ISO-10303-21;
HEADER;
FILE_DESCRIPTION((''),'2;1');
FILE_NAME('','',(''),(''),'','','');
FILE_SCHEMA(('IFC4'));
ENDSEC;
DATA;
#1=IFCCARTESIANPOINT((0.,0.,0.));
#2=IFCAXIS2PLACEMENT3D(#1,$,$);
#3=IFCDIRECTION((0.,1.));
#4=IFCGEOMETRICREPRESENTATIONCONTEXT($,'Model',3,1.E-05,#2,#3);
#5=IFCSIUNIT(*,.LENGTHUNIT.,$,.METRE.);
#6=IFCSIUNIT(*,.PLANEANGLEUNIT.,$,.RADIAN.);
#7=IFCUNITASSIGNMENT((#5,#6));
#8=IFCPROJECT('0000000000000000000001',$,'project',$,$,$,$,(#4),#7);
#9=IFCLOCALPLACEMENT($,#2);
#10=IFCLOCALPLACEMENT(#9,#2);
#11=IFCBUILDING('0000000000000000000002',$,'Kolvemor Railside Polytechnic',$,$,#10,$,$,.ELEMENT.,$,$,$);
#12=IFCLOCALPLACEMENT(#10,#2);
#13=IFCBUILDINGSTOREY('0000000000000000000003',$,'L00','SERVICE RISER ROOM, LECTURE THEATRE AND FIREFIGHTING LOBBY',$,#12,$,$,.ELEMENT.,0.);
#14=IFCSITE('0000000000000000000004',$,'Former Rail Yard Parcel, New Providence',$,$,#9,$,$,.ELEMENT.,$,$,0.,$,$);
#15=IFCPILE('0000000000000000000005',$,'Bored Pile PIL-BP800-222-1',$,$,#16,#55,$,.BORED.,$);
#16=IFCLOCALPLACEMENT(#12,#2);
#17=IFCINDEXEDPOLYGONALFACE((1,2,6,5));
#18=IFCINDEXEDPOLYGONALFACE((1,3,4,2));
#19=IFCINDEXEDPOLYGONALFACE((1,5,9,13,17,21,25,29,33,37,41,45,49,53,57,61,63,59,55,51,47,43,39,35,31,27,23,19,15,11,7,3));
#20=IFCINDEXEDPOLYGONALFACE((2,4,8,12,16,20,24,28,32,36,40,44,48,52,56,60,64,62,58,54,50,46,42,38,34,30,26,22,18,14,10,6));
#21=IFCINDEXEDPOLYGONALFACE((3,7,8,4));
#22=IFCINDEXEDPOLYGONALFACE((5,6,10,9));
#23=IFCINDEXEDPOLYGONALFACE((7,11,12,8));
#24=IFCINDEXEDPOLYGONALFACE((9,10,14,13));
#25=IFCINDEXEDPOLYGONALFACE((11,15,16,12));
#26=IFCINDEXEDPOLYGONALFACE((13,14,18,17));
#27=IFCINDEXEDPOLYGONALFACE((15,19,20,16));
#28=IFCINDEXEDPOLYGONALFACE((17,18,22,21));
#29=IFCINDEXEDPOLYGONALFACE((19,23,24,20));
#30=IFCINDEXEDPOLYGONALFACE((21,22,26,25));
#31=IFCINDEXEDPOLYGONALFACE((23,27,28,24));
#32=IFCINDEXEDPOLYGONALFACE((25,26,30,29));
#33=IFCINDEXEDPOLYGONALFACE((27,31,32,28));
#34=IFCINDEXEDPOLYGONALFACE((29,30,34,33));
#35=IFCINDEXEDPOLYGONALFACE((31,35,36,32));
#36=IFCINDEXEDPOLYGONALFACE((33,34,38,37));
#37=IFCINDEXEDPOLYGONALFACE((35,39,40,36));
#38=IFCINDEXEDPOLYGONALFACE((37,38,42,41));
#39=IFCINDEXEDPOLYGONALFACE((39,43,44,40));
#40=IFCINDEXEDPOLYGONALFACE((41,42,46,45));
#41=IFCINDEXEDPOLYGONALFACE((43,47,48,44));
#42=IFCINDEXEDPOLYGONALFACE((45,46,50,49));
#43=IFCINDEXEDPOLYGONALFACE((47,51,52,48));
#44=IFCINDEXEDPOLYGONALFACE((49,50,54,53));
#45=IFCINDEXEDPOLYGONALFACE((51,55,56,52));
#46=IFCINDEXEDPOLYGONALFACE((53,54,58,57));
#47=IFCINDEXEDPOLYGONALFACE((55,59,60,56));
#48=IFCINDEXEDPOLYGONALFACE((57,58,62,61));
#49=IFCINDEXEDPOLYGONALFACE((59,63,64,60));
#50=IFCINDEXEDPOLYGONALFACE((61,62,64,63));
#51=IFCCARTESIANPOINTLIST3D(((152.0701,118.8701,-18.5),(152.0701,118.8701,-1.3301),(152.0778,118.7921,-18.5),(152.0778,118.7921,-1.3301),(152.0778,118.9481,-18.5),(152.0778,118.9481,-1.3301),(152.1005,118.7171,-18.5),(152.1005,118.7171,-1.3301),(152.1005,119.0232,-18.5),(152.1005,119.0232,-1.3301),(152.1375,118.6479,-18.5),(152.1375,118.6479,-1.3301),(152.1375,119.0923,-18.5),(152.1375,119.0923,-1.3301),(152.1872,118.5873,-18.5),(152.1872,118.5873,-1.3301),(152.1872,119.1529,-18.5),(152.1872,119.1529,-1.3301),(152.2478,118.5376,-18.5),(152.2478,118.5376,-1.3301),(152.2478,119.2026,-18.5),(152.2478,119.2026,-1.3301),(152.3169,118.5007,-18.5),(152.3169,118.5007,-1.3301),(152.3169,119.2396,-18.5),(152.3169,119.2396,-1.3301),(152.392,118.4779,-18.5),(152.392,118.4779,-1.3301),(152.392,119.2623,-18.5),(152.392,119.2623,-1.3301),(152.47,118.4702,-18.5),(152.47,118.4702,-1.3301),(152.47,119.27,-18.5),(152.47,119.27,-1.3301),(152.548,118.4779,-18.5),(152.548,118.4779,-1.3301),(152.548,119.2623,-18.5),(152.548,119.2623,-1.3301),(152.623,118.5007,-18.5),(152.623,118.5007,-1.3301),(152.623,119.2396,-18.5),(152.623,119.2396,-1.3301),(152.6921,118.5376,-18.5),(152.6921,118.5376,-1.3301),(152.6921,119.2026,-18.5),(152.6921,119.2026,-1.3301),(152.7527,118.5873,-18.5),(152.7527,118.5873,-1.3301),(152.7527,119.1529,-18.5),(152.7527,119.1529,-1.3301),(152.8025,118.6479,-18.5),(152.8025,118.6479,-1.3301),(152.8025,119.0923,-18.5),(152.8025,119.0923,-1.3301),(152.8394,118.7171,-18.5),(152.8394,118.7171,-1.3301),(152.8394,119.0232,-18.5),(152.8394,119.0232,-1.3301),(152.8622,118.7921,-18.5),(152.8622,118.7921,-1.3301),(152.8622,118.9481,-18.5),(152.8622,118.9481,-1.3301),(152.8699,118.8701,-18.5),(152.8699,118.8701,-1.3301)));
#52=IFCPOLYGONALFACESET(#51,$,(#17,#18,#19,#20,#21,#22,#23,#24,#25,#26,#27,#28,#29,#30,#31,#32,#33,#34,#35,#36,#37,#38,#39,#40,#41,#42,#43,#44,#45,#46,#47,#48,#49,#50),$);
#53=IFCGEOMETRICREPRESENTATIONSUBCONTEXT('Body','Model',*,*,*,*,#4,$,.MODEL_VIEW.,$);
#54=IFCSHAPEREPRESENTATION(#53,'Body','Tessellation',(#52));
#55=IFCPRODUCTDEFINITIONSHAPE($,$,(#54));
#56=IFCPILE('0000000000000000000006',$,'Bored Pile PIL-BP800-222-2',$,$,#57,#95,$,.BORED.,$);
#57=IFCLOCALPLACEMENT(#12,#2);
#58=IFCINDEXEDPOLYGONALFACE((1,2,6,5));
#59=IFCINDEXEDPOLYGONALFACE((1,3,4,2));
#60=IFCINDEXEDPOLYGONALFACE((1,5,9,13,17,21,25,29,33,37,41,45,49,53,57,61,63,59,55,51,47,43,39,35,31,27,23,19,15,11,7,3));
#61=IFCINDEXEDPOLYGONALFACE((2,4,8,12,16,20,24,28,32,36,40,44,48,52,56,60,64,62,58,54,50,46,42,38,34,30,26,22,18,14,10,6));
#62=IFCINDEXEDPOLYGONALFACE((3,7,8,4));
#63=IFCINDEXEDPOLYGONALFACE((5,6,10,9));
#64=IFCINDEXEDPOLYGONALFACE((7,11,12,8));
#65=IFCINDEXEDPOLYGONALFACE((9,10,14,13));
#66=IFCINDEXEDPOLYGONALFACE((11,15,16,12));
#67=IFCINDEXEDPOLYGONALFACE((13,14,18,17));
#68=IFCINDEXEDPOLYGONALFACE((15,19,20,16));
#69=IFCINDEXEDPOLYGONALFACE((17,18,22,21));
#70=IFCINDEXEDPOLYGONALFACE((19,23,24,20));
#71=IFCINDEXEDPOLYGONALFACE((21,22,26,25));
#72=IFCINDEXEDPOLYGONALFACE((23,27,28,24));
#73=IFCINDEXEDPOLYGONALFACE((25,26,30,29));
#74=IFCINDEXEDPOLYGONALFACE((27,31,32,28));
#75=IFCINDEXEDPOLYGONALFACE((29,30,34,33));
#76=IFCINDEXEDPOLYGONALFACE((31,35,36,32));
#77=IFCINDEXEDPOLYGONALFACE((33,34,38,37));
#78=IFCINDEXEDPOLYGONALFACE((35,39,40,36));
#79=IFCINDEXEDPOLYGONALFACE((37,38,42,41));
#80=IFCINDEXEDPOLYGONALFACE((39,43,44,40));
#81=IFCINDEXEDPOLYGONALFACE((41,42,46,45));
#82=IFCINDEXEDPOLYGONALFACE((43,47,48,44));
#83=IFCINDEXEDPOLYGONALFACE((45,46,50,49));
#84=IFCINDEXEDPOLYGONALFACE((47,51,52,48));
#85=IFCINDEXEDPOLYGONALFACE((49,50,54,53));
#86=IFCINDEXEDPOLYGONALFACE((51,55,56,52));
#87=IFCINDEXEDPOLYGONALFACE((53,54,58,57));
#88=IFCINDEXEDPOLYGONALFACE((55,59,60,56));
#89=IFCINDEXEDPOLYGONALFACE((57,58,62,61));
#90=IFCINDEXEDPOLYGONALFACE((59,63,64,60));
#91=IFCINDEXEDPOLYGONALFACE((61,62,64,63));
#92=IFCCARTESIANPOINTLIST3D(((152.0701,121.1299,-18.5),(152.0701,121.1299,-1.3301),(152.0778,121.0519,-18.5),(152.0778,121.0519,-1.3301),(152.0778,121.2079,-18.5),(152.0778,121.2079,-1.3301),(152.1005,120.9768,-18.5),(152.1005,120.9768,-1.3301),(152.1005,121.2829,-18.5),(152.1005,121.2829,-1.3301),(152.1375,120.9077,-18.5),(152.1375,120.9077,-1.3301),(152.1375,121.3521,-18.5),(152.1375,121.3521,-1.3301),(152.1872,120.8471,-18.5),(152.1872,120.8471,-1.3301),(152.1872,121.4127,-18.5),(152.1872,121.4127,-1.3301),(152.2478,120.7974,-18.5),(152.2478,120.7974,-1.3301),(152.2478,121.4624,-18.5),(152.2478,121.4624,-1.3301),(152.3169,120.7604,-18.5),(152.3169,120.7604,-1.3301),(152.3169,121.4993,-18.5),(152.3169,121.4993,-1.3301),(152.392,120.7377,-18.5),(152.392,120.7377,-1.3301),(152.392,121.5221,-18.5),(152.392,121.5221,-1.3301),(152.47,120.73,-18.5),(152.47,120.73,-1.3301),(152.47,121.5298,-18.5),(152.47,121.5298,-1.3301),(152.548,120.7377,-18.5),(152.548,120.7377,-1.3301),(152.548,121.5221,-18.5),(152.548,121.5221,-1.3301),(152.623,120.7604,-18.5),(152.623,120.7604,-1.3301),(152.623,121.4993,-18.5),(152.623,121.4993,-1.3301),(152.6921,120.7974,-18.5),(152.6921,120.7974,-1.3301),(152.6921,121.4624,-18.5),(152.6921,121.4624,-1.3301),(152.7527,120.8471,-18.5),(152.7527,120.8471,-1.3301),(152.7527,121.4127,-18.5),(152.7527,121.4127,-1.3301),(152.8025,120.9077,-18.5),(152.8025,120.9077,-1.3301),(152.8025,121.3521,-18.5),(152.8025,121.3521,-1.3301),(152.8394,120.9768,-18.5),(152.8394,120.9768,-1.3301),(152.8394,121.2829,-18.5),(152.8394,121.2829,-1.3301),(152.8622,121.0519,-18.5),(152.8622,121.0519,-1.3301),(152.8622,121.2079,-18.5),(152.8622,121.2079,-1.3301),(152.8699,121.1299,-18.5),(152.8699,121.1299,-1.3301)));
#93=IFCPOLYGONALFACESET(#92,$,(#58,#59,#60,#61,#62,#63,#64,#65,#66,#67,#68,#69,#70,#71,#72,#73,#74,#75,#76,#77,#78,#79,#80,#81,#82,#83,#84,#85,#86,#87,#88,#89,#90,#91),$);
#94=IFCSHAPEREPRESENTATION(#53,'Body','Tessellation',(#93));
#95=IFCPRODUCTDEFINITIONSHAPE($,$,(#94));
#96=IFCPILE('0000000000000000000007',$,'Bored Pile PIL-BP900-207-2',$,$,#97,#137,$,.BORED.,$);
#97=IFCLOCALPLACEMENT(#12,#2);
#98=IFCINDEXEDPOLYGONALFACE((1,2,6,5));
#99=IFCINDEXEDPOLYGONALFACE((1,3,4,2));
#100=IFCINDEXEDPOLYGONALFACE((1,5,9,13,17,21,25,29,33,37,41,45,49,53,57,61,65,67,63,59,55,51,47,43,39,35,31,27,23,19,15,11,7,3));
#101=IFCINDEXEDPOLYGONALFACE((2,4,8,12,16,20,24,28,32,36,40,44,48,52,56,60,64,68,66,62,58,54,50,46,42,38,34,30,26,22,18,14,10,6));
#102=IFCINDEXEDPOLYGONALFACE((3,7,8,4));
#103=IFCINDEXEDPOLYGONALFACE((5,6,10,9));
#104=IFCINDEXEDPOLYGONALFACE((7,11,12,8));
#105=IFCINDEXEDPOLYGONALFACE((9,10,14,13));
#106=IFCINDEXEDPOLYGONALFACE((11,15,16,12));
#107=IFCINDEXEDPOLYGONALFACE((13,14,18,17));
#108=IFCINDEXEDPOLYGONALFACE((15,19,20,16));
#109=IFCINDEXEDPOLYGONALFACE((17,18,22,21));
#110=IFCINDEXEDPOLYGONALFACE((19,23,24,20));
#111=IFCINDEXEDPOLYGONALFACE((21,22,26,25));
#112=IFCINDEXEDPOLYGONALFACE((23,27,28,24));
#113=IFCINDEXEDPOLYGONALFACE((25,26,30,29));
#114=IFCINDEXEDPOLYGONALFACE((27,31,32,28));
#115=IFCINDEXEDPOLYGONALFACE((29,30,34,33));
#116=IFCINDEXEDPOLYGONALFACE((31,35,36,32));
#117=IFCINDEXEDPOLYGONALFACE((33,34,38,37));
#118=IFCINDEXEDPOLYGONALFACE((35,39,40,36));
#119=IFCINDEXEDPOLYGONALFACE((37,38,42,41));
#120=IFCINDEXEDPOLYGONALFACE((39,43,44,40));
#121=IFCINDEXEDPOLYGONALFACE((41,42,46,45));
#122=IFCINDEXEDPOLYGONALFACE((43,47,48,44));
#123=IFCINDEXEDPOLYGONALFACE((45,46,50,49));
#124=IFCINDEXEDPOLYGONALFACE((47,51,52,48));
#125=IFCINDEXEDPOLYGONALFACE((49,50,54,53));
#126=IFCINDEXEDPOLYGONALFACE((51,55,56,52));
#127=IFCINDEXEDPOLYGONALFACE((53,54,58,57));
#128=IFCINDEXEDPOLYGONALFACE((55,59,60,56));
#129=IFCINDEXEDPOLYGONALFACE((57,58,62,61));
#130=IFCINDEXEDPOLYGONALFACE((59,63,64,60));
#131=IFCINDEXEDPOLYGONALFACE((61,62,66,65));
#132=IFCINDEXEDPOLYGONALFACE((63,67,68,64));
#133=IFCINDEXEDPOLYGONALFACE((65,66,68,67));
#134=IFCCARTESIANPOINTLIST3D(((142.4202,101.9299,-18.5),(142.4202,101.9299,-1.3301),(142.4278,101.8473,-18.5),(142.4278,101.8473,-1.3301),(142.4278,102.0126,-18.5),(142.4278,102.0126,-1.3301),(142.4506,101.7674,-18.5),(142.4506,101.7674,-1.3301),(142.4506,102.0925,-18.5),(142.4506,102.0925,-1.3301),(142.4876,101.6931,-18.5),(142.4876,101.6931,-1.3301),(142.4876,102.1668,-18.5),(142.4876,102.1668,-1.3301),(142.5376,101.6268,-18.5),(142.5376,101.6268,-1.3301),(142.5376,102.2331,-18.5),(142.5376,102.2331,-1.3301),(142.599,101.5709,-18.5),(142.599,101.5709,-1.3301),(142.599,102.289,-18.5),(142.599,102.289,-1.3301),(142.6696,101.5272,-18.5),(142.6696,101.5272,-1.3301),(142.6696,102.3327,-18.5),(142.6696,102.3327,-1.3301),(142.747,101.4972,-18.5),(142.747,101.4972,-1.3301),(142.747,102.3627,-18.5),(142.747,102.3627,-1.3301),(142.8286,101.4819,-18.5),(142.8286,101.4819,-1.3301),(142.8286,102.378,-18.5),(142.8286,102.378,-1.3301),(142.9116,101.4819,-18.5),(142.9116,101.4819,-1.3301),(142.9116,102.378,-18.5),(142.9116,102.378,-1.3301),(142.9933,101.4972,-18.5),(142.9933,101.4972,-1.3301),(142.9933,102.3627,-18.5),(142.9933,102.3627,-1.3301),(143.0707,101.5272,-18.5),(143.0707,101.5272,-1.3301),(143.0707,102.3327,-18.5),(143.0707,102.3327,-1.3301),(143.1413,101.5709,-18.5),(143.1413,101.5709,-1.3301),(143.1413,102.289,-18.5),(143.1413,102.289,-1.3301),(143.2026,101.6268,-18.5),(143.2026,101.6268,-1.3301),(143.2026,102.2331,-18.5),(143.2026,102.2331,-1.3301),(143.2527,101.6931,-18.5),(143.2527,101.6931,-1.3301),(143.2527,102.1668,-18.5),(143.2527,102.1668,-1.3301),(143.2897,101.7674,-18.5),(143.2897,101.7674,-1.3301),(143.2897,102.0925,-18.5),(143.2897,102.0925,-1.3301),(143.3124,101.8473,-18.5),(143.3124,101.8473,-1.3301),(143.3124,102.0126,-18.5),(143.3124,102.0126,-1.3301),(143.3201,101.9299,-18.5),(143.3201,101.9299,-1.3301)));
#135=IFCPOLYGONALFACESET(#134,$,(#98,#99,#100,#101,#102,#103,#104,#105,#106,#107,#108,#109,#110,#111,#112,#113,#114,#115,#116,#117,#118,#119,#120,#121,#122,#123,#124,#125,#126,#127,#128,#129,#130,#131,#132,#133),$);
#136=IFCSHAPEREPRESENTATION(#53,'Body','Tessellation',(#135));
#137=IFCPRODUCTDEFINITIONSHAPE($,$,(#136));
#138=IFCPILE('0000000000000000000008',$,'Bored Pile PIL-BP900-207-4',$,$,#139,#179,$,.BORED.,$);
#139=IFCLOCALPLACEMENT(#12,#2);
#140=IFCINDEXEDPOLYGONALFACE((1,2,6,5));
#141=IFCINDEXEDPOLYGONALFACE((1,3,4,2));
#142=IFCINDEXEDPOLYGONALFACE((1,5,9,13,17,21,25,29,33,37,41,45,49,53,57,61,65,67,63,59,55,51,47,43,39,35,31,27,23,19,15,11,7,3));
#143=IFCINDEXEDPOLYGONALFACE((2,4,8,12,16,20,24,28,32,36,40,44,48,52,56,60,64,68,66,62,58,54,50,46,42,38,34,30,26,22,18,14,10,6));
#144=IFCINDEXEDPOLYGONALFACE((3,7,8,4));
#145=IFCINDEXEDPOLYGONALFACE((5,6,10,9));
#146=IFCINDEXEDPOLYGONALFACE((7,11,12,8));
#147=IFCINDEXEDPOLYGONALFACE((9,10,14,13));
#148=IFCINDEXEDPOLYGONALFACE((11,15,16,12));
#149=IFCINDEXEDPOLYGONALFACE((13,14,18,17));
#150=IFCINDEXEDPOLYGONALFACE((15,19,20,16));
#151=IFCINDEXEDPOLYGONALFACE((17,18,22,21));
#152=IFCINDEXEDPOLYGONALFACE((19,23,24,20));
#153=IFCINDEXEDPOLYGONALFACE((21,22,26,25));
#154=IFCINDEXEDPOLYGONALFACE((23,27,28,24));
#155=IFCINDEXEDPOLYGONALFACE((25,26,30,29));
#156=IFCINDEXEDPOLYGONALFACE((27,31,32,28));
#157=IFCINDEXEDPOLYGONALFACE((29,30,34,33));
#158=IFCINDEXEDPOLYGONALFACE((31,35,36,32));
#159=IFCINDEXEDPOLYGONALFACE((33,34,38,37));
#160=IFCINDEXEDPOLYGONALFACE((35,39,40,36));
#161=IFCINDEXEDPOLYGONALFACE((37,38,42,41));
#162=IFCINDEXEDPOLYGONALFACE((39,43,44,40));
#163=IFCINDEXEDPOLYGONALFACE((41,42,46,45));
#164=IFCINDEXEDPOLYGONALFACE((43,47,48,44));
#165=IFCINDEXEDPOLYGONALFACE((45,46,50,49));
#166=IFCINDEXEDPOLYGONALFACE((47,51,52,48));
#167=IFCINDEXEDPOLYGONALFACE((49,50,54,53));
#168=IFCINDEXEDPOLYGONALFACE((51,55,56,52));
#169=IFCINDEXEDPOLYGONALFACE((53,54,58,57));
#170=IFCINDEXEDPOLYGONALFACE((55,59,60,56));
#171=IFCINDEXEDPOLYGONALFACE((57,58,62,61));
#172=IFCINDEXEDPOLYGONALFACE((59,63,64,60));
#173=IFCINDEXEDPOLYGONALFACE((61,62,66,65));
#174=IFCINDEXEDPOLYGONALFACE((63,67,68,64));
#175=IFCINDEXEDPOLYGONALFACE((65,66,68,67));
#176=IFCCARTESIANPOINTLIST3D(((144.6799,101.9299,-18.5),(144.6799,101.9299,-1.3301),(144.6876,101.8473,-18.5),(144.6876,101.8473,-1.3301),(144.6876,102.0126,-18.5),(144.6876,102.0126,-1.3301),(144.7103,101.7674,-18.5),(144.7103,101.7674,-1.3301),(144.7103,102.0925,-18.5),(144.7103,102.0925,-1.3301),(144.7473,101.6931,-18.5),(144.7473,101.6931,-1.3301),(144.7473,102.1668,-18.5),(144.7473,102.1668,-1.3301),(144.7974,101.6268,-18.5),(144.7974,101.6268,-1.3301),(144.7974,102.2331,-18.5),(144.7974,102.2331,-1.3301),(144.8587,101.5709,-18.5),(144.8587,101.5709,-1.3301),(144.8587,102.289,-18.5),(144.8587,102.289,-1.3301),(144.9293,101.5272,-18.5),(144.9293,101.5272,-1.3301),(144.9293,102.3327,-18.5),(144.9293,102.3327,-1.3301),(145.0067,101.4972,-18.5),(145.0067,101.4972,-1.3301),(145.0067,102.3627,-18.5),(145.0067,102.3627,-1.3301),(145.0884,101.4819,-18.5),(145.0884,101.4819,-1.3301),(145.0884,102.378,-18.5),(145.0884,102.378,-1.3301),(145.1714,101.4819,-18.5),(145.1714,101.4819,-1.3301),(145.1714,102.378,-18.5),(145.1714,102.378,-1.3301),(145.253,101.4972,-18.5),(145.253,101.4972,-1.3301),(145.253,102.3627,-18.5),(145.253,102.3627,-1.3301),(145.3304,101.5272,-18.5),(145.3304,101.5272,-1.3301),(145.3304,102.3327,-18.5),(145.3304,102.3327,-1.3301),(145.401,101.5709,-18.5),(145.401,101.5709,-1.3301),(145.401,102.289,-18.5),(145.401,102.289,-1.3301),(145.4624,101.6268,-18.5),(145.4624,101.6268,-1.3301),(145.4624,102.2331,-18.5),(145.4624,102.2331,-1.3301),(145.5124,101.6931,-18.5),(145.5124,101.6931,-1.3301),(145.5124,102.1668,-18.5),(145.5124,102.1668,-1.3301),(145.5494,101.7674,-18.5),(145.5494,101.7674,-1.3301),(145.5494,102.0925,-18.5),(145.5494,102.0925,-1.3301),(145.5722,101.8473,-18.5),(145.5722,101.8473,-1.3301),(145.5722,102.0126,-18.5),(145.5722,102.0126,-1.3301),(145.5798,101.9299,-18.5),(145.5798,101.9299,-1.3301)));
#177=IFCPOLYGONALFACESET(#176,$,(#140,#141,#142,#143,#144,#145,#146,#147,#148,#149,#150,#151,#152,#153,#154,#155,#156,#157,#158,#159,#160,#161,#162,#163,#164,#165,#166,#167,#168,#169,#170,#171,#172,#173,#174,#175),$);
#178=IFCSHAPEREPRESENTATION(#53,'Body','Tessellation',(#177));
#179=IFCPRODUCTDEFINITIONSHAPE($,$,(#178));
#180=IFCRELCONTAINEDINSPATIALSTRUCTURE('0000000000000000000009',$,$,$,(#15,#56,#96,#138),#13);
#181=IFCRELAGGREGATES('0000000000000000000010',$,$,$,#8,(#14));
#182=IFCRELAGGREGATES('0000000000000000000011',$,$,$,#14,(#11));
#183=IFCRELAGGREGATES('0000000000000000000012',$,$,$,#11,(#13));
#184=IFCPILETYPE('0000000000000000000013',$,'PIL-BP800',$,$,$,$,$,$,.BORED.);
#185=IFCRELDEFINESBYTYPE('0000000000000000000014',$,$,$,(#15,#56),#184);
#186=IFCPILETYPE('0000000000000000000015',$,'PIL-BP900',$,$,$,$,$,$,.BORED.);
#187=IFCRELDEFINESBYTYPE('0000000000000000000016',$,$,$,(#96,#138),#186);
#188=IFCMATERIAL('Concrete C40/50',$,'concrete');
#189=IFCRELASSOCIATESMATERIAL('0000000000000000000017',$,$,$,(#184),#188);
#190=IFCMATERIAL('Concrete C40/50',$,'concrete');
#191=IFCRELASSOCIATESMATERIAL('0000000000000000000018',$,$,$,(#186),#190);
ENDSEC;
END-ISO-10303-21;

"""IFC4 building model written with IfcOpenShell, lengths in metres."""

from ifc_helpers import new_model, si_unit, direction, frame, origin, origin_2d, place, context, subcontext, project, spatial, circle, extrude, material, material_profile, profile_set, type_object, element, save


model = new_model("IFC4")

# Units and contexts
model_context = context("Model", 3, precision=1e-05, world=origin(), true_north=direction((0.0, 1.0)))
body_context = subcontext(model_context, "Body", "Model", "MODEL_VIEW")
ifc_project = project(units=[si_unit("LENGTHUNIT", "METRE"), si_unit("PLANEANGLEUNIT", "RADIAN")], contexts=[model_context])

# Site, building, storey
site_placement = place(None, origin())
site = spatial("IfcSite", under=ifc_project, at=site_placement, Name="Former Rail Yard Parcel, New Providence", CompositionType="ELEMENT", RefElevation=0.0)
building_placement = place(site_placement, origin())
building = spatial("IfcBuilding", under=site, at=building_placement, Name="Kolvemor Railside Polytechnic", CompositionType="ELEMENT")
storey_placement = place(building_placement, origin())
storey = spatial("IfcBuildingStorey", under=building, at=storey_placement, Name="L00", Description="SERVICE RISER ROOM, LECTURE THEATRE AND FIREFIGHTING LOBBY", CompositionType="ELEMENT", Elevation=0.0)

# Piles
ifc_material_1 = material(Name="Concrete C40/50", Category="concrete")
ifc_material_profile_1 = material_profile(ifc_material_1, circle(Radius=0.3999, at=origin_2d()), Name="BP800")
ifc_profile_set_1 = profile_set([ifc_material_profile_1], Name="Concrete C40/50")
pile_type_1 = type_object("IfcPileType", Name="PIL-BP800", PredefinedType="BORED", material=ifc_profile_set_1)
for number, where, z_axis, x_axis, name in (
    (1, (152.47, 118.8701, -1.3301), (0.0, 0.0, -1.0), (1.0, 0.0, 0.0), "Bored Pile PIL-BP800-222-1"),
    (2, (152.47, 121.1299, -1.3301), (0.0, 0.0, -1.0), (1.0, 0.0, 0.0), "Bored Pile PIL-BP800-222-2"),
):
    element("IfcPile", number, at=place(storey_placement, frame(where, z_axis=z_axis, x_axis=x_axis)), inside=storey, type_object=pile_type_1, Name=name, PredefinedType="BORED", context=body_context, shape_type="SweptSolid", body=[
        extrude(circle(Radius=0.3999, at=origin_2d()), origin(), (0.0, 0.0, 1.0), 17.1699),
    ])
ifc_material_2 = material(Name="Concrete C40/50", Category="concrete")
ifc_material_profile_2 = material_profile(ifc_material_2, circle(Radius=0.45, at=origin_2d()), Name="BP900")
ifc_profile_set_2 = profile_set([ifc_material_profile_2], Name="Concrete C40/50")
pile_type_2 = type_object("IfcPileType", Name="PIL-BP900", PredefinedType="BORED", material=ifc_profile_set_2)
for number, where, z_axis, x_axis, name in (
    (3, (142.8701, 101.9299, -1.3301), (0.0, 0.0, -1.0), (1.0, 0.0, 0.0), "Bored Pile PIL-BP900-207-2"),
    (4, (145.1299, 101.9299, -1.3301), (0.0, 0.0, -1.0), (1.0, 0.0, 0.0), "Bored Pile PIL-BP900-207-4"),
):
    element("IfcPile", number, at=place(storey_placement, frame(where, z_axis=z_axis, x_axis=x_axis)), inside=storey, type_object=pile_type_2, Name=name, PredefinedType="BORED", context=body_context, shape_type="SweptSolid", body=[
        extrude(circle(Radius=0.45, at=origin_2d()), origin(), (0.0, 0.0, 1.0), 17.1699),
    ])

save(model, "model.ifc")
